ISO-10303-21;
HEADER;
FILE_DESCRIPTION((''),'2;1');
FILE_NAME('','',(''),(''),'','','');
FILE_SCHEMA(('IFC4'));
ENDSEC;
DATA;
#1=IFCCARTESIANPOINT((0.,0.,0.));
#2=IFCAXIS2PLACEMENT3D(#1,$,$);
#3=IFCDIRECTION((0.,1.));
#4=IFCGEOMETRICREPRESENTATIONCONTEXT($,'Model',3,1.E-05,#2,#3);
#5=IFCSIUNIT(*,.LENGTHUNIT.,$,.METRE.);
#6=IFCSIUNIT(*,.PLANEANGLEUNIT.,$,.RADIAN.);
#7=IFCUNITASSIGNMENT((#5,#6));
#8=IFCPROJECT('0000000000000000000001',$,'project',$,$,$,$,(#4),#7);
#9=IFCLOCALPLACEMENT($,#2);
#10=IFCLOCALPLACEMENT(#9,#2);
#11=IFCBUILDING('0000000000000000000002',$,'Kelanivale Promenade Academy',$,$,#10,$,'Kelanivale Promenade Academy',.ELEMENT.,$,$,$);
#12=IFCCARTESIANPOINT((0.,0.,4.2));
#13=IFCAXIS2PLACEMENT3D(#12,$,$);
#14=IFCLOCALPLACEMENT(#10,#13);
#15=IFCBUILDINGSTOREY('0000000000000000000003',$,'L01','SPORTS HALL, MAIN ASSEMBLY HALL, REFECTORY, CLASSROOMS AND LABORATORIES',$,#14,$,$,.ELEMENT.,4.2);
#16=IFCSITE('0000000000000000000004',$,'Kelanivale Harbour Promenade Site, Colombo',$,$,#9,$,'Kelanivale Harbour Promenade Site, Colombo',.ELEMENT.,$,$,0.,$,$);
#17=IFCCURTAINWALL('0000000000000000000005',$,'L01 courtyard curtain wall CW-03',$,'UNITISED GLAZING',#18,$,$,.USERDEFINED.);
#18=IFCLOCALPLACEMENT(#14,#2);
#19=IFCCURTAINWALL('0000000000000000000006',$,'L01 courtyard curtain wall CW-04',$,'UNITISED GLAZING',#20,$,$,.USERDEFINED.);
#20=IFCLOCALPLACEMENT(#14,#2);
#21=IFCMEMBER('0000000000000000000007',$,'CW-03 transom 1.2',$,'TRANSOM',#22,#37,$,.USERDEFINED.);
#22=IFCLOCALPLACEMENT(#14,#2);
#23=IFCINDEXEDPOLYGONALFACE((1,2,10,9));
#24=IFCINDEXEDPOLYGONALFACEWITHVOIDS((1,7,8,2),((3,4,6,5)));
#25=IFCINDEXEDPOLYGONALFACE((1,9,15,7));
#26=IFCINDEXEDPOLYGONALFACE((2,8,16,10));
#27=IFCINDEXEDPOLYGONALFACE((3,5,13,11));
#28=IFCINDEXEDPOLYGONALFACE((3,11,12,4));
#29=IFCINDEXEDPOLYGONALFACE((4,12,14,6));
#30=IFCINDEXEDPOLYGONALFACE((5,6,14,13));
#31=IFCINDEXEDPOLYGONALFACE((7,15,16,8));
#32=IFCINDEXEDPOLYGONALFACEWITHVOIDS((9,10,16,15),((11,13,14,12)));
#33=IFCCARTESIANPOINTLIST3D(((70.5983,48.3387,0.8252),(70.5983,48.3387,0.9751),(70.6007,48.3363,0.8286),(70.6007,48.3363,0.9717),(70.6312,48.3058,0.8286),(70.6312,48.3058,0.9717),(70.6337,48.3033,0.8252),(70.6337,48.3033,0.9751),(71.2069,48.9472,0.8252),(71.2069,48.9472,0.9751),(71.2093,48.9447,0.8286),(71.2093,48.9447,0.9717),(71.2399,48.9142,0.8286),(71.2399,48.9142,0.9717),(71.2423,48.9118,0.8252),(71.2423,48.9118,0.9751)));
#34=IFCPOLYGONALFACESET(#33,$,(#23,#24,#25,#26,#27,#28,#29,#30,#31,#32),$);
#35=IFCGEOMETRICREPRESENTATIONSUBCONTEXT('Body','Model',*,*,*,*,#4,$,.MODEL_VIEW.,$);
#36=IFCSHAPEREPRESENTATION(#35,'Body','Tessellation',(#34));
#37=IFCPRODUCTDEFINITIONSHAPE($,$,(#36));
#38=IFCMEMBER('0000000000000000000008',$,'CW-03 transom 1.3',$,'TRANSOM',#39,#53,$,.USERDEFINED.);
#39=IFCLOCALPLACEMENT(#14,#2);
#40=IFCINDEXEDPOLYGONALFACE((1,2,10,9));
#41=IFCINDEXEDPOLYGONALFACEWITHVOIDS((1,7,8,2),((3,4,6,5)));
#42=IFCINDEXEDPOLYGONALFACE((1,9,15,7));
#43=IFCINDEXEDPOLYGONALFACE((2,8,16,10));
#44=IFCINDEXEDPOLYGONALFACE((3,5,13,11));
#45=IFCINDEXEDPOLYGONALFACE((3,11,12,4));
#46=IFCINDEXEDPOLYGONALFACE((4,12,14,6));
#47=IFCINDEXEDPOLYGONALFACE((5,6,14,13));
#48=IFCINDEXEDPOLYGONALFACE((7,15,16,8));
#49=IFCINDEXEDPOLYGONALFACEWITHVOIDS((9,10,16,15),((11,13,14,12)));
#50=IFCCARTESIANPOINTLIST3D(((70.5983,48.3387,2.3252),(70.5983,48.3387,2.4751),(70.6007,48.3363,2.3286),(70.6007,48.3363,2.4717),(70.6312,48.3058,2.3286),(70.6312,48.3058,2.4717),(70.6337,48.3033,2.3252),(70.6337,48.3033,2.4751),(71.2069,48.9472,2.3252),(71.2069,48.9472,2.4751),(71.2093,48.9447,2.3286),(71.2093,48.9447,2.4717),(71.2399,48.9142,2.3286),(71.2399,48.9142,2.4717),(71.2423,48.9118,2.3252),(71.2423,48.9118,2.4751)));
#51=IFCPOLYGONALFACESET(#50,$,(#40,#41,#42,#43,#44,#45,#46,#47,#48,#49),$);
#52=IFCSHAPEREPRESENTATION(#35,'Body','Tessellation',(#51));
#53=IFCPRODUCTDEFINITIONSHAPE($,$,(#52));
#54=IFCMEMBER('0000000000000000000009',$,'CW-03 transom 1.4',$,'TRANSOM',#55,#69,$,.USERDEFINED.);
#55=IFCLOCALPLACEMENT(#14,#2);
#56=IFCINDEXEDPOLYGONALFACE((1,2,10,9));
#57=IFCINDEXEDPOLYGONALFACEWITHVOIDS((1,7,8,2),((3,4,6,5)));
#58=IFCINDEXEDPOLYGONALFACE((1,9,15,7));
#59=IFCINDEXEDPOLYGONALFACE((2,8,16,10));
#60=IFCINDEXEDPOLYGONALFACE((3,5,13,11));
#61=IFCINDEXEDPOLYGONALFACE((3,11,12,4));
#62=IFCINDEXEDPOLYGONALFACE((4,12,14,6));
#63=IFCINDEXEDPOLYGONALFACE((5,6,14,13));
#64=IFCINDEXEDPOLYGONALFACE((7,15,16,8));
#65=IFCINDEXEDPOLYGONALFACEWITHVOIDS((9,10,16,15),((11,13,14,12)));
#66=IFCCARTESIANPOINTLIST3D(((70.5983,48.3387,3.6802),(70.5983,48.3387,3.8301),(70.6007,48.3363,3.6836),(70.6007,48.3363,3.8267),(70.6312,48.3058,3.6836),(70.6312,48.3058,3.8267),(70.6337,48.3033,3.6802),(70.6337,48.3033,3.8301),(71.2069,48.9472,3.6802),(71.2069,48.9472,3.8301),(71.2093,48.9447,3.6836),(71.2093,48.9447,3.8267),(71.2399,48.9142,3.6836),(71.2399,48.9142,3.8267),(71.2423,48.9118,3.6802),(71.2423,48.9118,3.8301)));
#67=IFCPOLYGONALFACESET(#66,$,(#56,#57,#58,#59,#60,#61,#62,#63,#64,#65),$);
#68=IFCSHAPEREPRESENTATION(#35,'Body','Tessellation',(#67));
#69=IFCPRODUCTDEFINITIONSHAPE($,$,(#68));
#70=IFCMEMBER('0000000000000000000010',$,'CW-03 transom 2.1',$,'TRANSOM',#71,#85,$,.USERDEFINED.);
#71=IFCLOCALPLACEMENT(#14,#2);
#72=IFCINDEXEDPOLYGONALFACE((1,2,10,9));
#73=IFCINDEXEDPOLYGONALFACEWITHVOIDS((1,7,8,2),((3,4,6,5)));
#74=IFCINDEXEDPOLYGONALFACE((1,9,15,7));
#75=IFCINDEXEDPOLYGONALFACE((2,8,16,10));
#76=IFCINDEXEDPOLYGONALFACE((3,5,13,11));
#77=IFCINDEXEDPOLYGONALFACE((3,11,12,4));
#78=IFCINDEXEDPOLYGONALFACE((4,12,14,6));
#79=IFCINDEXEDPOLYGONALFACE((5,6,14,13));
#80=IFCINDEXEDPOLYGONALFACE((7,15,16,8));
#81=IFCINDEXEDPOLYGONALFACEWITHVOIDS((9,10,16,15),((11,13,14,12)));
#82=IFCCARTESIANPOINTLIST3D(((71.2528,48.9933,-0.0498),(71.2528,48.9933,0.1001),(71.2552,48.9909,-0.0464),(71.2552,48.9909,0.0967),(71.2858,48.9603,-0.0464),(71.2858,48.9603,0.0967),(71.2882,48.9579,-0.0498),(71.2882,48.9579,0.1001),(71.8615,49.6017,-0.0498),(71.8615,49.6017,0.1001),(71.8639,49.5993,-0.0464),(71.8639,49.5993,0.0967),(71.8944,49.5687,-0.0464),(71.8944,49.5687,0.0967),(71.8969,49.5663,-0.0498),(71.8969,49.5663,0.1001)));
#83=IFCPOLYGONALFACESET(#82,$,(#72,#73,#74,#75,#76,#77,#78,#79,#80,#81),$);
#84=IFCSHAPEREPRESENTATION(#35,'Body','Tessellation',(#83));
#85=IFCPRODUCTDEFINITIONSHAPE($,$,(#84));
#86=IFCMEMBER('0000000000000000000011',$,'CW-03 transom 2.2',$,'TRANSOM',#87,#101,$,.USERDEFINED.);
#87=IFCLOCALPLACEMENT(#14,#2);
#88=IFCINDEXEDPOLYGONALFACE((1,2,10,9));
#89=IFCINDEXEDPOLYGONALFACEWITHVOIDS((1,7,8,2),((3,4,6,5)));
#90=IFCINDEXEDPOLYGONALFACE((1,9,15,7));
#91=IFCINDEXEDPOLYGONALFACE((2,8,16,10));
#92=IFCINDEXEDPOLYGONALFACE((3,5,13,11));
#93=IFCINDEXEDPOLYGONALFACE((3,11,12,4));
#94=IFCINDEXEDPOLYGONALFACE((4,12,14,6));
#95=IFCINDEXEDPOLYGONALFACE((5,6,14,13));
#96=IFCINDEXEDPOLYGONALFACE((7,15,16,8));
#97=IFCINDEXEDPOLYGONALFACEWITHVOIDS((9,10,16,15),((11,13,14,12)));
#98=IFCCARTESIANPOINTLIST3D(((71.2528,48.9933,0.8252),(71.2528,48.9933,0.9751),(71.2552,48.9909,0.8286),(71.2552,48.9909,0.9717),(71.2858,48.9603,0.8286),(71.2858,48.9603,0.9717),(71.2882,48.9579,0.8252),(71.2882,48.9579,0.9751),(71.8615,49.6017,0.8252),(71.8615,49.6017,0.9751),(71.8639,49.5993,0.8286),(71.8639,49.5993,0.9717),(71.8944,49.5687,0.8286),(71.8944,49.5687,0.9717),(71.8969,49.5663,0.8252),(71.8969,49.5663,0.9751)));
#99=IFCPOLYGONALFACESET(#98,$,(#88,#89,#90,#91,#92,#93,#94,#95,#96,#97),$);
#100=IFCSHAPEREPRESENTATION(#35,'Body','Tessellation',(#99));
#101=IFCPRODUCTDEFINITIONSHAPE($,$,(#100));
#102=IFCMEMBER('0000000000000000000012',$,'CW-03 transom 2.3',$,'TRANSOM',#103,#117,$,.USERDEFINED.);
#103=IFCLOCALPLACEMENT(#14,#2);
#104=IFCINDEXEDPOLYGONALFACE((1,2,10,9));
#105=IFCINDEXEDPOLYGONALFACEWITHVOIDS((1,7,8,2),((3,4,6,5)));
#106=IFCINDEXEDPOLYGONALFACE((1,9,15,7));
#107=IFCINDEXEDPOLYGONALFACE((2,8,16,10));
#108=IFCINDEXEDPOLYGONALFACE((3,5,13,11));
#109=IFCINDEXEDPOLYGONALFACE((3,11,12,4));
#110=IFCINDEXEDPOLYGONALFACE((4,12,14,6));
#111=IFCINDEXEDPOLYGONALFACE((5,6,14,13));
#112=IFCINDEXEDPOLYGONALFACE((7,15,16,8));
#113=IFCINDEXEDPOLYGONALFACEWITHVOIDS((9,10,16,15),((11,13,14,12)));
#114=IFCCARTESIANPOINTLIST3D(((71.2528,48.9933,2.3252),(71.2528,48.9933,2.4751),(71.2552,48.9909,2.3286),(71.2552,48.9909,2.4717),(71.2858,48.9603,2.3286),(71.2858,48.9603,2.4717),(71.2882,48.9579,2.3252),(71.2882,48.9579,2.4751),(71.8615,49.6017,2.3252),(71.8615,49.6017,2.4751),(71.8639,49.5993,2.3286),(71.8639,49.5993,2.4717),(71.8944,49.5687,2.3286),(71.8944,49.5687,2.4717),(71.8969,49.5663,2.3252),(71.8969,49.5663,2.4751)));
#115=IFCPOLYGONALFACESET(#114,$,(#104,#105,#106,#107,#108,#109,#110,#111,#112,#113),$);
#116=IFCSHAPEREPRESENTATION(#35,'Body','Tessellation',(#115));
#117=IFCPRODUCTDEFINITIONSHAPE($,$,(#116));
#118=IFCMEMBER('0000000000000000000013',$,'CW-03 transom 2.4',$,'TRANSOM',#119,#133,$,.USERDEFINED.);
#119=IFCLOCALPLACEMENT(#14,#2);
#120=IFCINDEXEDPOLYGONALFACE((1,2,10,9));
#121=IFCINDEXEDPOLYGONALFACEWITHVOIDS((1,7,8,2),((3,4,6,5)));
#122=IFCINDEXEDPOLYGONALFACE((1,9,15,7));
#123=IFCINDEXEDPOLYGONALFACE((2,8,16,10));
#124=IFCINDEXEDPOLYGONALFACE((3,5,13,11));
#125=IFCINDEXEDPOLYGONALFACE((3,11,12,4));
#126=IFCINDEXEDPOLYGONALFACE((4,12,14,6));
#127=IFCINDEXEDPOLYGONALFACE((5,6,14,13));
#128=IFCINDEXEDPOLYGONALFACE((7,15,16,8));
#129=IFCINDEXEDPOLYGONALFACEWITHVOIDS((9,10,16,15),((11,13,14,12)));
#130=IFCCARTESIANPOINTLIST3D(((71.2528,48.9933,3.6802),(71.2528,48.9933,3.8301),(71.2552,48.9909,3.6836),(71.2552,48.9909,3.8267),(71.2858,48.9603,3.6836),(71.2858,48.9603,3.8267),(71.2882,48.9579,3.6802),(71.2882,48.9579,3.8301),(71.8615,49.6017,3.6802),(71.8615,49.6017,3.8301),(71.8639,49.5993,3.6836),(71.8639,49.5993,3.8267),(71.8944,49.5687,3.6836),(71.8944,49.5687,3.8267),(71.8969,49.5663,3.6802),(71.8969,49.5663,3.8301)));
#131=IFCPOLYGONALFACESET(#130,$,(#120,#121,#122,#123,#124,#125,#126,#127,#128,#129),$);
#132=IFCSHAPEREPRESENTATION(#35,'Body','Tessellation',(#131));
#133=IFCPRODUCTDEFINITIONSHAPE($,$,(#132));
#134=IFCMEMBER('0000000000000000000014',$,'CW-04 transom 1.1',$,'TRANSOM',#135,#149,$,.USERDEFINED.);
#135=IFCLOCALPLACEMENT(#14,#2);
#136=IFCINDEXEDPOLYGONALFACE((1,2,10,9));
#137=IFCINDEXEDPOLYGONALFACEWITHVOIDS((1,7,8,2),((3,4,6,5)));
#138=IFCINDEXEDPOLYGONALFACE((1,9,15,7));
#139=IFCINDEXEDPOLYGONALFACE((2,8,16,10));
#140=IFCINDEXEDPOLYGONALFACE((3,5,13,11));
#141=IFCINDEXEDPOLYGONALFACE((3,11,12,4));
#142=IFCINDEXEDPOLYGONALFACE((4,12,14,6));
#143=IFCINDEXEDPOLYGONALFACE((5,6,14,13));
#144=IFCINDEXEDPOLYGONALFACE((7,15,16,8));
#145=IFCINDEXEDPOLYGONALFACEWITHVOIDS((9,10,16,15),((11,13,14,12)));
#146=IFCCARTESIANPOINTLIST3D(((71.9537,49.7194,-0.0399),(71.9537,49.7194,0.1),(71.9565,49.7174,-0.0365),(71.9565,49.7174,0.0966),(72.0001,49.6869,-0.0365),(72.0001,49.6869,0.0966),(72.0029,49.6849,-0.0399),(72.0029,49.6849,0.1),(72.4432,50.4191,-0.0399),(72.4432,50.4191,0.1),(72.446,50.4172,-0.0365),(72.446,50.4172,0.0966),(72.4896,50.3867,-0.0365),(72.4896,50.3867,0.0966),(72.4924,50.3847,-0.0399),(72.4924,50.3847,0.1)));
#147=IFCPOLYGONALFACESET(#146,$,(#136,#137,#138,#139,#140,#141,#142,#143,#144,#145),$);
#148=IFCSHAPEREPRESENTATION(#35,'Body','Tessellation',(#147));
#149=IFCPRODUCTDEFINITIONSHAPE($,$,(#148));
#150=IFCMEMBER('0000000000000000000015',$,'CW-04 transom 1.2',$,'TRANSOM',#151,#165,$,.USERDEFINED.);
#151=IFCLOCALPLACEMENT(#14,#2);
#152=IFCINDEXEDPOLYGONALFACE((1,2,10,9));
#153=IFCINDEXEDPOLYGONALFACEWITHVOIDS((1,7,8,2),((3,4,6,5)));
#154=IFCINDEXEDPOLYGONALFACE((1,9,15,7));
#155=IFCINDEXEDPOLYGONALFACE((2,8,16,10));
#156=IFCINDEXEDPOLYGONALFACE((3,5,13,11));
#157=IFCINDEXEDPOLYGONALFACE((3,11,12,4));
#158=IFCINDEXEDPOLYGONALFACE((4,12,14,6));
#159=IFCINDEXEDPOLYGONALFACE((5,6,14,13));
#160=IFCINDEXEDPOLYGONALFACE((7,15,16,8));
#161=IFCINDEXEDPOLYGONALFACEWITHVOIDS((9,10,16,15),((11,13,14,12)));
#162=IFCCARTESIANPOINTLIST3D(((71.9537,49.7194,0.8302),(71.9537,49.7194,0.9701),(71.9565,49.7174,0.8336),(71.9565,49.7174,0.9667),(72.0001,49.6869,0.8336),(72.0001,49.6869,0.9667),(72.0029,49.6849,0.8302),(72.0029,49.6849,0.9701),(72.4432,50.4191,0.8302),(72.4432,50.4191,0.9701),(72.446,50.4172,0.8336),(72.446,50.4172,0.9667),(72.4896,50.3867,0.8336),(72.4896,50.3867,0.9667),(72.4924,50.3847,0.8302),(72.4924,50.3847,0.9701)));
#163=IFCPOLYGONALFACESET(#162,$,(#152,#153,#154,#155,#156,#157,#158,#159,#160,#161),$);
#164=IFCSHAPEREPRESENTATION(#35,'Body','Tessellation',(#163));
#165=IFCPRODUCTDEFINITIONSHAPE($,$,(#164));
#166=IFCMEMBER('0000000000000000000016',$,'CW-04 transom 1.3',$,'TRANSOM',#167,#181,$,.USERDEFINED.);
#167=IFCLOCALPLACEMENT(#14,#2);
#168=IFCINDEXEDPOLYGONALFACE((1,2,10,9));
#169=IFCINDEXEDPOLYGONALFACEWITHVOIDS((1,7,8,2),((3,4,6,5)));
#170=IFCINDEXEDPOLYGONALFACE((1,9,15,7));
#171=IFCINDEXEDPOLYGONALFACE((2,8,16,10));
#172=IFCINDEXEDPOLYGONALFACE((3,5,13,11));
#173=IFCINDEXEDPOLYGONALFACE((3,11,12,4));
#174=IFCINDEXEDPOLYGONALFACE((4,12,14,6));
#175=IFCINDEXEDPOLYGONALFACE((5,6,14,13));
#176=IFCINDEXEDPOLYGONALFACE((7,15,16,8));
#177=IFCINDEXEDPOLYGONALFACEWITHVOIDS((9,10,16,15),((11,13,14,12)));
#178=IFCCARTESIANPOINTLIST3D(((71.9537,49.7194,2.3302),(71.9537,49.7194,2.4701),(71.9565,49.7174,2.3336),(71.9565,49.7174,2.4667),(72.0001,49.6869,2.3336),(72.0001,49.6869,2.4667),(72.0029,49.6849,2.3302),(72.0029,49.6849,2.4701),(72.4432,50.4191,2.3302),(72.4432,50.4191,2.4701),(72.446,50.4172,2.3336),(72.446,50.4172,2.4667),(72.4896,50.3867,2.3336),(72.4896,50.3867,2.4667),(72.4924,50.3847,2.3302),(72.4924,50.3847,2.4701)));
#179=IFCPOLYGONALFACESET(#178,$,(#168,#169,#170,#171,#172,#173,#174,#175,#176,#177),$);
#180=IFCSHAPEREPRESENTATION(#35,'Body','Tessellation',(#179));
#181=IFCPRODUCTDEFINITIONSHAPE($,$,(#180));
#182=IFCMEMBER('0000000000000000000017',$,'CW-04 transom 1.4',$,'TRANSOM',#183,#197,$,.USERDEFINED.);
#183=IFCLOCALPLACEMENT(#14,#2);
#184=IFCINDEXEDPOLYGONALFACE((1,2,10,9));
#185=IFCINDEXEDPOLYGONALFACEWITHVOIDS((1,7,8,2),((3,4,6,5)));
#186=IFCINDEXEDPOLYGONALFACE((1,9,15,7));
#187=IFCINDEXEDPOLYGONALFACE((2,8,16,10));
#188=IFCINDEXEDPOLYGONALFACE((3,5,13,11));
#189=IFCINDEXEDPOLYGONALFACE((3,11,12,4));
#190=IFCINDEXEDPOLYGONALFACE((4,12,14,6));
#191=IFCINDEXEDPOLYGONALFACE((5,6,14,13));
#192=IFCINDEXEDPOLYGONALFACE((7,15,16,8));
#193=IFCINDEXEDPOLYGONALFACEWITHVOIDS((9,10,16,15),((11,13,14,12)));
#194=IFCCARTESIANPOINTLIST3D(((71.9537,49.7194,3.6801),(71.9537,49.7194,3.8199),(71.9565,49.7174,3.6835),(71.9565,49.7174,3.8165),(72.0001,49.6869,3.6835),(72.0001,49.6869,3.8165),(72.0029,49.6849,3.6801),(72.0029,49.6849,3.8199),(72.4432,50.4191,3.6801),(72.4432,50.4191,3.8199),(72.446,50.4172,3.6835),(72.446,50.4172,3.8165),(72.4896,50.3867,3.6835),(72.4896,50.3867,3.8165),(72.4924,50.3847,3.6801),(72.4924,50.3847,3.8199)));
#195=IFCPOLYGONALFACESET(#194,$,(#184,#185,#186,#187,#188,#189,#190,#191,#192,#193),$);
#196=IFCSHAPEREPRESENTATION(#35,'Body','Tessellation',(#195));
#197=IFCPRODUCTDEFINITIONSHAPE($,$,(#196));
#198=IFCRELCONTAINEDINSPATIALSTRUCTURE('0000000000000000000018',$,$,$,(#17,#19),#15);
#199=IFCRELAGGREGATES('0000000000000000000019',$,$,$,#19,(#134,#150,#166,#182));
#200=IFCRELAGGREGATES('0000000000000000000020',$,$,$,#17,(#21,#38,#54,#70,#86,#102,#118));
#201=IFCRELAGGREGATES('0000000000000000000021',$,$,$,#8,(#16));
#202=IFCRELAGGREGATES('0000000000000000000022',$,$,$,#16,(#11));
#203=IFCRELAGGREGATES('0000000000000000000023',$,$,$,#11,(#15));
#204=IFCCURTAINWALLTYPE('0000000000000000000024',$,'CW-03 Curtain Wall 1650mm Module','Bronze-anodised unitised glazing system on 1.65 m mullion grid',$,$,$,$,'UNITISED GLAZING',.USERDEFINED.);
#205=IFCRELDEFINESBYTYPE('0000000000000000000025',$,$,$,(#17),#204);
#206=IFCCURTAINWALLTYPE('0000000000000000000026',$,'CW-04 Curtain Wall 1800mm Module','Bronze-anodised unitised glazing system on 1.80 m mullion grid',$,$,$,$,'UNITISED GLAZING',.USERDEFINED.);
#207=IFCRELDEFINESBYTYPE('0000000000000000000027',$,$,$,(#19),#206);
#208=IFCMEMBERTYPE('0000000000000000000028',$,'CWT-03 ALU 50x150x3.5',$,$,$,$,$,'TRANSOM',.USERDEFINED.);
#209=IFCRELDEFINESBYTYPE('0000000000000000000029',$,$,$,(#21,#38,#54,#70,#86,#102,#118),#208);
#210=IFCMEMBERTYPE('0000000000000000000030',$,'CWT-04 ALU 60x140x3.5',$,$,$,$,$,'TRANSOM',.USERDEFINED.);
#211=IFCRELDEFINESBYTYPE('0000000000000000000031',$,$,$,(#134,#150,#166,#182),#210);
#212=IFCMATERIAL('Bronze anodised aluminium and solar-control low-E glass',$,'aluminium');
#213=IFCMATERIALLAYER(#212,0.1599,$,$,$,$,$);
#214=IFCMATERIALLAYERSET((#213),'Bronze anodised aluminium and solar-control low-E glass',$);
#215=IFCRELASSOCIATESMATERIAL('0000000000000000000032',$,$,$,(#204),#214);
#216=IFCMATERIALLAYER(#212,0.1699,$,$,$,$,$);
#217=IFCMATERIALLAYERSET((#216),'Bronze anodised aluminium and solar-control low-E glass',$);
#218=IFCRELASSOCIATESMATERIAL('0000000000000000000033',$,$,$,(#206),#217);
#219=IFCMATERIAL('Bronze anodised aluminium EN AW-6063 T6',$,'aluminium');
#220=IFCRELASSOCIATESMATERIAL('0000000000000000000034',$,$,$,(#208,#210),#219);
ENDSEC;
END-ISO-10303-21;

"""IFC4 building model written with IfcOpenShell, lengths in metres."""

from ifc_helpers import new_model, si_unit, direction, frame, origin, origin_2d, place, context, subcontext, project, spatial, hollow_rectangle, extrude, material, layer, layer_set, material_profile, profile_set, type_object, element, aggregate, save


model = new_model("IFC4")

# Units and contexts
model_context = context("Model", 3, precision=1e-05, world=origin(), true_north=direction((0.0, 1.0)))
body_context = subcontext(model_context, "Body", "Model", "MODEL_VIEW")
ifc_project = project(units=[si_unit("LENGTHUNIT", "METRE"), si_unit("PLANEANGLEUNIT", "RADIAN")], contexts=[model_context])

# Site, building, storey
site_placement = place(None, origin())
site = spatial("IfcSite", under=ifc_project, at=site_placement, Name="Kelanivale Harbour Promenade Site, Colombo", LongName="Kelanivale Harbour Promenade Site, Colombo", CompositionType="ELEMENT", RefElevation=0.0)
building_placement = place(site_placement, origin())
building = spatial("IfcBuilding", under=site, at=building_placement, Name="Kelanivale Promenade Academy", LongName="Kelanivale Promenade Academy", CompositionType="ELEMENT")
storey_placement = place(building_placement, frame((0.0, 0.0, 4.2)))
storey = spatial("IfcBuildingStorey", under=building, at=storey_placement, Name="L01", Description="SPORTS HALL, MAIN ASSEMBLY HALL, REFECTORY, CLASSROOMS AND LABORATORIES", CompositionType="ELEMENT", Elevation=4.2)

# Shared definitions
ifc_material_1 = material(Name="Bronze anodised aluminium and solar-control low-E glass", Category="aluminium")
ifc_material_2 = material(Name="Bronze anodised aluminium EN AW-6063 T6", Category="aluminium")

# Curtain wall
ifc_layer_1 = layer(ifc_material_1, 0.1599)
ifc_layer_set_1 = layer_set([ifc_layer_1], Name="Bronze anodised aluminium and solar-control low-E glass")
curtain_wall_type_1 = type_object("IfcCurtainWallType", Name="CW-03 Curtain Wall 1650mm Module", Description="Bronze-anodised unitised glazing system on 1.65 m mullion grid", ElementType="UNITISED GLAZING", PredefinedType="USERDEFINED", material=ifc_layer_set_1)
curtain_wall_1_placement = place(storey_placement, origin())
curtain_wall_1 = element("IfcCurtainWall", 1, at=curtain_wall_1_placement, inside=storey, type_object=curtain_wall_type_1, Name="L01 courtyard curtain wall CW-03", ObjectType="UNITISED GLAZING", PredefinedType="USERDEFINED")

# Curtain wall
ifc_layer_2 = layer(ifc_material_1, 0.1699)
ifc_layer_set_2 = layer_set([ifc_layer_2], Name="Bronze anodised aluminium and solar-control low-E glass")
curtain_wall_type_2 = type_object("IfcCurtainWallType", Name="CW-04 Curtain Wall 1800mm Module", Description="Bronze-anodised unitised glazing system on 1.80 m mullion grid", ElementType="UNITISED GLAZING", PredefinedType="USERDEFINED", material=ifc_layer_set_2)
curtain_wall_2_placement = place(storey_placement, origin())
curtain_wall_2 = element("IfcCurtainWall", 2, at=curtain_wall_2_placement, inside=storey, type_object=curtain_wall_type_2, Name="L01 courtyard curtain wall CW-04", ObjectType="UNITISED GLAZING", PredefinedType="USERDEFINED")

# Members
ifc_material_profile_1 = material_profile(ifc_material_2, hollow_rectangle(XDim=0.05, YDim=0.1499, WallThickness=0.0034, at=origin_2d()), Name="ALU 50x150x3.5")
ifc_profile_set_1 = profile_set([ifc_material_profile_1], Name="Bronze anodised aluminium EN AW-6063 T6")
member_type_1 = type_object("IfcMemberType", Name="CWT-03 ALU 50x150x3.5", ElementType="TRANSOM", PredefinedType="USERDEFINED", material=ifc_profile_set_1)
member_1_placement = place(storey_placement, frame((70.616, 48.321, 0.9001), z_axis=(0.707249, 0.706965, 0.0), x_axis=(-0.706965, 0.707249, 0.0)))
member_1 = element("IfcMember", 3, at=member_1_placement, type_object=member_type_1, Name="CW-03 transom 1.2", ObjectType="TRANSOM", PredefinedType="USERDEFINED", context=body_context, shape_type="SweptSolid", body=[
    extrude(hollow_rectangle(XDim=0.05, YDim=0.1499, WallThickness=0.0034, at=origin_2d()), origin(), (0.0, 0.0, 1.0), 0.8606),
])
member_2_placement = place(storey_placement, frame((70.616, 48.321, 2.4001), z_axis=(0.707249, 0.706965, 0.0), x_axis=(-0.706965, 0.707249, 0.0)))
member_2 = element("IfcMember", 4, at=member_2_placement, type_object=member_type_1, Name="CW-03 transom 1.3", ObjectType="TRANSOM", PredefinedType="USERDEFINED", context=body_context, shape_type="SweptSolid", body=[
    extrude(hollow_rectangle(XDim=0.05, YDim=0.1499, WallThickness=0.0034, at=origin_2d()), origin(), (0.0, 0.0, 1.0), 0.8606),
])
member_3_placement = place(storey_placement, frame((70.616, 48.321, 3.7551), z_axis=(0.707249, 0.706965, 0.0), x_axis=(-0.706965, 0.707249, 0.0)))
member_3 = element("IfcMember", 5, at=member_3_placement, type_object=member_type_1, Name="CW-03 transom 1.4", ObjectType="TRANSOM", PredefinedType="USERDEFINED", context=body_context, shape_type="SweptSolid", body=[
    extrude(hollow_rectangle(XDim=0.05, YDim=0.1499, WallThickness=0.0034, at=origin_2d()), origin(), (0.0, 0.0, 1.0), 0.8606),
])
member_4_placement = place(storey_placement, frame((71.2705, 48.9756, 0.0251), z_axis=(0.707249, 0.706965, 0.0), x_axis=(-0.706965, 0.707249, 0.0)))
member_4 = element("IfcMember", 6, at=member_4_placement, type_object=member_type_1, Name="CW-03 transom 2.1", ObjectType="TRANSOM", PredefinedType="USERDEFINED", context=body_context, shape_type="SweptSolid", body=[
    extrude(hollow_rectangle(XDim=0.05, YDim=0.1499, WallThickness=0.0034, at=origin_2d()), origin(), (0.0, 0.0, 1.0), 0.8606),
])
member_5_placement = place(storey_placement, frame((71.2705, 48.9756, 0.9001), z_axis=(0.707249, 0.706965, 0.0), x_axis=(-0.706965, 0.707249, 0.0)))
member_5 = element("IfcMember", 7, at=member_5_placement, type_object=member_type_1, Name="CW-03 transom 2.2", ObjectType="TRANSOM", PredefinedType="USERDEFINED", context=body_context, shape_type="SweptSolid", body=[
    extrude(hollow_rectangle(XDim=0.05, YDim=0.1499, WallThickness=0.0034, at=origin_2d()), origin(), (0.0, 0.0, 1.0), 0.8606),
])
member_6_placement = place(storey_placement, frame((71.2705, 48.9756, 2.4001), z_axis=(0.707249, 0.706965, 0.0), x_axis=(-0.706965, 0.707249, 0.0)))
member_6 = element("IfcMember", 8, at=member_6_placement, type_object=member_type_1, Name="CW-03 transom 2.3", ObjectType="TRANSOM", PredefinedType="USERDEFINED", context=body_context, shape_type="SweptSolid", body=[
    extrude(hollow_rectangle(XDim=0.05, YDim=0.1499, WallThickness=0.0034, at=origin_2d()), origin(), (0.0, 0.0, 1.0), 0.8606),
])
member_7_placement = place(storey_placement, frame((71.2705, 48.9756, 3.7551), z_axis=(0.707249, 0.706965, 0.0), x_axis=(-0.706965, 0.707249, 0.0)))
member_7 = element("IfcMember", 9, at=member_7_placement, type_object=member_type_1, Name="CW-03 transom 2.4", ObjectType="TRANSOM", PredefinedType="USERDEFINED", context=body_context, shape_type="SweptSolid", body=[
    extrude(hollow_rectangle(XDim=0.05, YDim=0.1499, WallThickness=0.0034, at=origin_2d()), origin(), (0.0, 0.0, 1.0), 0.8606),
])
ifc_material_profile_2 = material_profile(ifc_material_2, hollow_rectangle(XDim=0.0601, YDim=0.1399, WallThickness=0.0034, at=origin_2d()), Name="ALU 60x140x3.5")
ifc_profile_set_2 = profile_set([ifc_material_profile_2], Name="Bronze anodised aluminium EN AW-6063 T6")
member_type_2 = type_object("IfcMemberType", Name="CWT-04 ALU 60x140x3.5", ElementType="TRANSOM", PredefinedType="USERDEFINED", material=ifc_profile_set_2)
member_8_placement = place(storey_placement, frame((71.9783, 49.7021, 0.03), z_axis=(0.573232, 0.819393, 0.0), x_axis=(-0.819393, 0.573232, 0.0)))
member_8 = element("IfcMember", 10, at=member_8_placement, type_object=member_type_2, Name="CW-04 transom 1.1", ObjectType="TRANSOM", PredefinedType="USERDEFINED", context=body_context, shape_type="SweptSolid", body=[
    extrude(hollow_rectangle(XDim=0.0601, YDim=0.1399, WallThickness=0.0034, at=origin_2d()), origin(), (0.0, 0.0, 1.0), 0.854),
])
member_9_placement = place(storey_placement, frame((71.9783, 49.7021, 0.9001), z_axis=(0.573232, 0.819393, 0.0), x_axis=(-0.819393, 0.573232, 0.0)))
member_9 = element("IfcMember", 11, at=member_9_placement, type_object=member_type_2, Name="CW-04 transom 1.2", ObjectType="TRANSOM", PredefinedType="USERDEFINED", context=body_context, shape_type="SweptSolid", body=[
    extrude(hollow_rectangle(XDim=0.0601, YDim=0.1399, WallThickness=0.0034, at=origin_2d()), origin(), (0.0, 0.0, 1.0), 0.854),
])
member_10_placement = place(storey_placement, frame((71.9783, 49.7021, 2.4001), z_axis=(0.573232, 0.819393, 0.0), x_axis=(-0.819393, 0.573232, 0.0)))
member_10 = element("IfcMember", 12, at=member_10_placement, type_object=member_type_2, Name="CW-04 transom 1.3", ObjectType="TRANSOM", PredefinedType="USERDEFINED", context=body_context, shape_type="SweptSolid", body=[
    extrude(hollow_rectangle(XDim=0.0601, YDim=0.1399, WallThickness=0.0034, at=origin_2d()), origin(), (0.0, 0.0, 1.0), 0.854),
])
member_11_placement = place(storey_placement, frame((71.9783, 49.7021, 3.75), z_axis=(0.573232, 0.819393, 0.0), x_axis=(-0.819393, 0.573232, 0.0)))
member_11 = element("IfcMember", 13, at=member_11_placement, type_object=member_type_2, Name="CW-04 transom 1.4", ObjectType="TRANSOM", PredefinedType="USERDEFINED", context=body_context, shape_type="SweptSolid", body=[
    extrude(hollow_rectangle(XDim=0.0601, YDim=0.1399, WallThickness=0.0034, at=origin_2d()), origin(), (0.0, 0.0, 1.0), 0.854),
])

aggregate(curtain_wall_2, [member_8, member_9, member_10, member_11])
aggregate(curtain_wall_1, [member_1, member_2, member_3, member_4, member_5, member_6, member_7])

save(model, "model.ifc")
